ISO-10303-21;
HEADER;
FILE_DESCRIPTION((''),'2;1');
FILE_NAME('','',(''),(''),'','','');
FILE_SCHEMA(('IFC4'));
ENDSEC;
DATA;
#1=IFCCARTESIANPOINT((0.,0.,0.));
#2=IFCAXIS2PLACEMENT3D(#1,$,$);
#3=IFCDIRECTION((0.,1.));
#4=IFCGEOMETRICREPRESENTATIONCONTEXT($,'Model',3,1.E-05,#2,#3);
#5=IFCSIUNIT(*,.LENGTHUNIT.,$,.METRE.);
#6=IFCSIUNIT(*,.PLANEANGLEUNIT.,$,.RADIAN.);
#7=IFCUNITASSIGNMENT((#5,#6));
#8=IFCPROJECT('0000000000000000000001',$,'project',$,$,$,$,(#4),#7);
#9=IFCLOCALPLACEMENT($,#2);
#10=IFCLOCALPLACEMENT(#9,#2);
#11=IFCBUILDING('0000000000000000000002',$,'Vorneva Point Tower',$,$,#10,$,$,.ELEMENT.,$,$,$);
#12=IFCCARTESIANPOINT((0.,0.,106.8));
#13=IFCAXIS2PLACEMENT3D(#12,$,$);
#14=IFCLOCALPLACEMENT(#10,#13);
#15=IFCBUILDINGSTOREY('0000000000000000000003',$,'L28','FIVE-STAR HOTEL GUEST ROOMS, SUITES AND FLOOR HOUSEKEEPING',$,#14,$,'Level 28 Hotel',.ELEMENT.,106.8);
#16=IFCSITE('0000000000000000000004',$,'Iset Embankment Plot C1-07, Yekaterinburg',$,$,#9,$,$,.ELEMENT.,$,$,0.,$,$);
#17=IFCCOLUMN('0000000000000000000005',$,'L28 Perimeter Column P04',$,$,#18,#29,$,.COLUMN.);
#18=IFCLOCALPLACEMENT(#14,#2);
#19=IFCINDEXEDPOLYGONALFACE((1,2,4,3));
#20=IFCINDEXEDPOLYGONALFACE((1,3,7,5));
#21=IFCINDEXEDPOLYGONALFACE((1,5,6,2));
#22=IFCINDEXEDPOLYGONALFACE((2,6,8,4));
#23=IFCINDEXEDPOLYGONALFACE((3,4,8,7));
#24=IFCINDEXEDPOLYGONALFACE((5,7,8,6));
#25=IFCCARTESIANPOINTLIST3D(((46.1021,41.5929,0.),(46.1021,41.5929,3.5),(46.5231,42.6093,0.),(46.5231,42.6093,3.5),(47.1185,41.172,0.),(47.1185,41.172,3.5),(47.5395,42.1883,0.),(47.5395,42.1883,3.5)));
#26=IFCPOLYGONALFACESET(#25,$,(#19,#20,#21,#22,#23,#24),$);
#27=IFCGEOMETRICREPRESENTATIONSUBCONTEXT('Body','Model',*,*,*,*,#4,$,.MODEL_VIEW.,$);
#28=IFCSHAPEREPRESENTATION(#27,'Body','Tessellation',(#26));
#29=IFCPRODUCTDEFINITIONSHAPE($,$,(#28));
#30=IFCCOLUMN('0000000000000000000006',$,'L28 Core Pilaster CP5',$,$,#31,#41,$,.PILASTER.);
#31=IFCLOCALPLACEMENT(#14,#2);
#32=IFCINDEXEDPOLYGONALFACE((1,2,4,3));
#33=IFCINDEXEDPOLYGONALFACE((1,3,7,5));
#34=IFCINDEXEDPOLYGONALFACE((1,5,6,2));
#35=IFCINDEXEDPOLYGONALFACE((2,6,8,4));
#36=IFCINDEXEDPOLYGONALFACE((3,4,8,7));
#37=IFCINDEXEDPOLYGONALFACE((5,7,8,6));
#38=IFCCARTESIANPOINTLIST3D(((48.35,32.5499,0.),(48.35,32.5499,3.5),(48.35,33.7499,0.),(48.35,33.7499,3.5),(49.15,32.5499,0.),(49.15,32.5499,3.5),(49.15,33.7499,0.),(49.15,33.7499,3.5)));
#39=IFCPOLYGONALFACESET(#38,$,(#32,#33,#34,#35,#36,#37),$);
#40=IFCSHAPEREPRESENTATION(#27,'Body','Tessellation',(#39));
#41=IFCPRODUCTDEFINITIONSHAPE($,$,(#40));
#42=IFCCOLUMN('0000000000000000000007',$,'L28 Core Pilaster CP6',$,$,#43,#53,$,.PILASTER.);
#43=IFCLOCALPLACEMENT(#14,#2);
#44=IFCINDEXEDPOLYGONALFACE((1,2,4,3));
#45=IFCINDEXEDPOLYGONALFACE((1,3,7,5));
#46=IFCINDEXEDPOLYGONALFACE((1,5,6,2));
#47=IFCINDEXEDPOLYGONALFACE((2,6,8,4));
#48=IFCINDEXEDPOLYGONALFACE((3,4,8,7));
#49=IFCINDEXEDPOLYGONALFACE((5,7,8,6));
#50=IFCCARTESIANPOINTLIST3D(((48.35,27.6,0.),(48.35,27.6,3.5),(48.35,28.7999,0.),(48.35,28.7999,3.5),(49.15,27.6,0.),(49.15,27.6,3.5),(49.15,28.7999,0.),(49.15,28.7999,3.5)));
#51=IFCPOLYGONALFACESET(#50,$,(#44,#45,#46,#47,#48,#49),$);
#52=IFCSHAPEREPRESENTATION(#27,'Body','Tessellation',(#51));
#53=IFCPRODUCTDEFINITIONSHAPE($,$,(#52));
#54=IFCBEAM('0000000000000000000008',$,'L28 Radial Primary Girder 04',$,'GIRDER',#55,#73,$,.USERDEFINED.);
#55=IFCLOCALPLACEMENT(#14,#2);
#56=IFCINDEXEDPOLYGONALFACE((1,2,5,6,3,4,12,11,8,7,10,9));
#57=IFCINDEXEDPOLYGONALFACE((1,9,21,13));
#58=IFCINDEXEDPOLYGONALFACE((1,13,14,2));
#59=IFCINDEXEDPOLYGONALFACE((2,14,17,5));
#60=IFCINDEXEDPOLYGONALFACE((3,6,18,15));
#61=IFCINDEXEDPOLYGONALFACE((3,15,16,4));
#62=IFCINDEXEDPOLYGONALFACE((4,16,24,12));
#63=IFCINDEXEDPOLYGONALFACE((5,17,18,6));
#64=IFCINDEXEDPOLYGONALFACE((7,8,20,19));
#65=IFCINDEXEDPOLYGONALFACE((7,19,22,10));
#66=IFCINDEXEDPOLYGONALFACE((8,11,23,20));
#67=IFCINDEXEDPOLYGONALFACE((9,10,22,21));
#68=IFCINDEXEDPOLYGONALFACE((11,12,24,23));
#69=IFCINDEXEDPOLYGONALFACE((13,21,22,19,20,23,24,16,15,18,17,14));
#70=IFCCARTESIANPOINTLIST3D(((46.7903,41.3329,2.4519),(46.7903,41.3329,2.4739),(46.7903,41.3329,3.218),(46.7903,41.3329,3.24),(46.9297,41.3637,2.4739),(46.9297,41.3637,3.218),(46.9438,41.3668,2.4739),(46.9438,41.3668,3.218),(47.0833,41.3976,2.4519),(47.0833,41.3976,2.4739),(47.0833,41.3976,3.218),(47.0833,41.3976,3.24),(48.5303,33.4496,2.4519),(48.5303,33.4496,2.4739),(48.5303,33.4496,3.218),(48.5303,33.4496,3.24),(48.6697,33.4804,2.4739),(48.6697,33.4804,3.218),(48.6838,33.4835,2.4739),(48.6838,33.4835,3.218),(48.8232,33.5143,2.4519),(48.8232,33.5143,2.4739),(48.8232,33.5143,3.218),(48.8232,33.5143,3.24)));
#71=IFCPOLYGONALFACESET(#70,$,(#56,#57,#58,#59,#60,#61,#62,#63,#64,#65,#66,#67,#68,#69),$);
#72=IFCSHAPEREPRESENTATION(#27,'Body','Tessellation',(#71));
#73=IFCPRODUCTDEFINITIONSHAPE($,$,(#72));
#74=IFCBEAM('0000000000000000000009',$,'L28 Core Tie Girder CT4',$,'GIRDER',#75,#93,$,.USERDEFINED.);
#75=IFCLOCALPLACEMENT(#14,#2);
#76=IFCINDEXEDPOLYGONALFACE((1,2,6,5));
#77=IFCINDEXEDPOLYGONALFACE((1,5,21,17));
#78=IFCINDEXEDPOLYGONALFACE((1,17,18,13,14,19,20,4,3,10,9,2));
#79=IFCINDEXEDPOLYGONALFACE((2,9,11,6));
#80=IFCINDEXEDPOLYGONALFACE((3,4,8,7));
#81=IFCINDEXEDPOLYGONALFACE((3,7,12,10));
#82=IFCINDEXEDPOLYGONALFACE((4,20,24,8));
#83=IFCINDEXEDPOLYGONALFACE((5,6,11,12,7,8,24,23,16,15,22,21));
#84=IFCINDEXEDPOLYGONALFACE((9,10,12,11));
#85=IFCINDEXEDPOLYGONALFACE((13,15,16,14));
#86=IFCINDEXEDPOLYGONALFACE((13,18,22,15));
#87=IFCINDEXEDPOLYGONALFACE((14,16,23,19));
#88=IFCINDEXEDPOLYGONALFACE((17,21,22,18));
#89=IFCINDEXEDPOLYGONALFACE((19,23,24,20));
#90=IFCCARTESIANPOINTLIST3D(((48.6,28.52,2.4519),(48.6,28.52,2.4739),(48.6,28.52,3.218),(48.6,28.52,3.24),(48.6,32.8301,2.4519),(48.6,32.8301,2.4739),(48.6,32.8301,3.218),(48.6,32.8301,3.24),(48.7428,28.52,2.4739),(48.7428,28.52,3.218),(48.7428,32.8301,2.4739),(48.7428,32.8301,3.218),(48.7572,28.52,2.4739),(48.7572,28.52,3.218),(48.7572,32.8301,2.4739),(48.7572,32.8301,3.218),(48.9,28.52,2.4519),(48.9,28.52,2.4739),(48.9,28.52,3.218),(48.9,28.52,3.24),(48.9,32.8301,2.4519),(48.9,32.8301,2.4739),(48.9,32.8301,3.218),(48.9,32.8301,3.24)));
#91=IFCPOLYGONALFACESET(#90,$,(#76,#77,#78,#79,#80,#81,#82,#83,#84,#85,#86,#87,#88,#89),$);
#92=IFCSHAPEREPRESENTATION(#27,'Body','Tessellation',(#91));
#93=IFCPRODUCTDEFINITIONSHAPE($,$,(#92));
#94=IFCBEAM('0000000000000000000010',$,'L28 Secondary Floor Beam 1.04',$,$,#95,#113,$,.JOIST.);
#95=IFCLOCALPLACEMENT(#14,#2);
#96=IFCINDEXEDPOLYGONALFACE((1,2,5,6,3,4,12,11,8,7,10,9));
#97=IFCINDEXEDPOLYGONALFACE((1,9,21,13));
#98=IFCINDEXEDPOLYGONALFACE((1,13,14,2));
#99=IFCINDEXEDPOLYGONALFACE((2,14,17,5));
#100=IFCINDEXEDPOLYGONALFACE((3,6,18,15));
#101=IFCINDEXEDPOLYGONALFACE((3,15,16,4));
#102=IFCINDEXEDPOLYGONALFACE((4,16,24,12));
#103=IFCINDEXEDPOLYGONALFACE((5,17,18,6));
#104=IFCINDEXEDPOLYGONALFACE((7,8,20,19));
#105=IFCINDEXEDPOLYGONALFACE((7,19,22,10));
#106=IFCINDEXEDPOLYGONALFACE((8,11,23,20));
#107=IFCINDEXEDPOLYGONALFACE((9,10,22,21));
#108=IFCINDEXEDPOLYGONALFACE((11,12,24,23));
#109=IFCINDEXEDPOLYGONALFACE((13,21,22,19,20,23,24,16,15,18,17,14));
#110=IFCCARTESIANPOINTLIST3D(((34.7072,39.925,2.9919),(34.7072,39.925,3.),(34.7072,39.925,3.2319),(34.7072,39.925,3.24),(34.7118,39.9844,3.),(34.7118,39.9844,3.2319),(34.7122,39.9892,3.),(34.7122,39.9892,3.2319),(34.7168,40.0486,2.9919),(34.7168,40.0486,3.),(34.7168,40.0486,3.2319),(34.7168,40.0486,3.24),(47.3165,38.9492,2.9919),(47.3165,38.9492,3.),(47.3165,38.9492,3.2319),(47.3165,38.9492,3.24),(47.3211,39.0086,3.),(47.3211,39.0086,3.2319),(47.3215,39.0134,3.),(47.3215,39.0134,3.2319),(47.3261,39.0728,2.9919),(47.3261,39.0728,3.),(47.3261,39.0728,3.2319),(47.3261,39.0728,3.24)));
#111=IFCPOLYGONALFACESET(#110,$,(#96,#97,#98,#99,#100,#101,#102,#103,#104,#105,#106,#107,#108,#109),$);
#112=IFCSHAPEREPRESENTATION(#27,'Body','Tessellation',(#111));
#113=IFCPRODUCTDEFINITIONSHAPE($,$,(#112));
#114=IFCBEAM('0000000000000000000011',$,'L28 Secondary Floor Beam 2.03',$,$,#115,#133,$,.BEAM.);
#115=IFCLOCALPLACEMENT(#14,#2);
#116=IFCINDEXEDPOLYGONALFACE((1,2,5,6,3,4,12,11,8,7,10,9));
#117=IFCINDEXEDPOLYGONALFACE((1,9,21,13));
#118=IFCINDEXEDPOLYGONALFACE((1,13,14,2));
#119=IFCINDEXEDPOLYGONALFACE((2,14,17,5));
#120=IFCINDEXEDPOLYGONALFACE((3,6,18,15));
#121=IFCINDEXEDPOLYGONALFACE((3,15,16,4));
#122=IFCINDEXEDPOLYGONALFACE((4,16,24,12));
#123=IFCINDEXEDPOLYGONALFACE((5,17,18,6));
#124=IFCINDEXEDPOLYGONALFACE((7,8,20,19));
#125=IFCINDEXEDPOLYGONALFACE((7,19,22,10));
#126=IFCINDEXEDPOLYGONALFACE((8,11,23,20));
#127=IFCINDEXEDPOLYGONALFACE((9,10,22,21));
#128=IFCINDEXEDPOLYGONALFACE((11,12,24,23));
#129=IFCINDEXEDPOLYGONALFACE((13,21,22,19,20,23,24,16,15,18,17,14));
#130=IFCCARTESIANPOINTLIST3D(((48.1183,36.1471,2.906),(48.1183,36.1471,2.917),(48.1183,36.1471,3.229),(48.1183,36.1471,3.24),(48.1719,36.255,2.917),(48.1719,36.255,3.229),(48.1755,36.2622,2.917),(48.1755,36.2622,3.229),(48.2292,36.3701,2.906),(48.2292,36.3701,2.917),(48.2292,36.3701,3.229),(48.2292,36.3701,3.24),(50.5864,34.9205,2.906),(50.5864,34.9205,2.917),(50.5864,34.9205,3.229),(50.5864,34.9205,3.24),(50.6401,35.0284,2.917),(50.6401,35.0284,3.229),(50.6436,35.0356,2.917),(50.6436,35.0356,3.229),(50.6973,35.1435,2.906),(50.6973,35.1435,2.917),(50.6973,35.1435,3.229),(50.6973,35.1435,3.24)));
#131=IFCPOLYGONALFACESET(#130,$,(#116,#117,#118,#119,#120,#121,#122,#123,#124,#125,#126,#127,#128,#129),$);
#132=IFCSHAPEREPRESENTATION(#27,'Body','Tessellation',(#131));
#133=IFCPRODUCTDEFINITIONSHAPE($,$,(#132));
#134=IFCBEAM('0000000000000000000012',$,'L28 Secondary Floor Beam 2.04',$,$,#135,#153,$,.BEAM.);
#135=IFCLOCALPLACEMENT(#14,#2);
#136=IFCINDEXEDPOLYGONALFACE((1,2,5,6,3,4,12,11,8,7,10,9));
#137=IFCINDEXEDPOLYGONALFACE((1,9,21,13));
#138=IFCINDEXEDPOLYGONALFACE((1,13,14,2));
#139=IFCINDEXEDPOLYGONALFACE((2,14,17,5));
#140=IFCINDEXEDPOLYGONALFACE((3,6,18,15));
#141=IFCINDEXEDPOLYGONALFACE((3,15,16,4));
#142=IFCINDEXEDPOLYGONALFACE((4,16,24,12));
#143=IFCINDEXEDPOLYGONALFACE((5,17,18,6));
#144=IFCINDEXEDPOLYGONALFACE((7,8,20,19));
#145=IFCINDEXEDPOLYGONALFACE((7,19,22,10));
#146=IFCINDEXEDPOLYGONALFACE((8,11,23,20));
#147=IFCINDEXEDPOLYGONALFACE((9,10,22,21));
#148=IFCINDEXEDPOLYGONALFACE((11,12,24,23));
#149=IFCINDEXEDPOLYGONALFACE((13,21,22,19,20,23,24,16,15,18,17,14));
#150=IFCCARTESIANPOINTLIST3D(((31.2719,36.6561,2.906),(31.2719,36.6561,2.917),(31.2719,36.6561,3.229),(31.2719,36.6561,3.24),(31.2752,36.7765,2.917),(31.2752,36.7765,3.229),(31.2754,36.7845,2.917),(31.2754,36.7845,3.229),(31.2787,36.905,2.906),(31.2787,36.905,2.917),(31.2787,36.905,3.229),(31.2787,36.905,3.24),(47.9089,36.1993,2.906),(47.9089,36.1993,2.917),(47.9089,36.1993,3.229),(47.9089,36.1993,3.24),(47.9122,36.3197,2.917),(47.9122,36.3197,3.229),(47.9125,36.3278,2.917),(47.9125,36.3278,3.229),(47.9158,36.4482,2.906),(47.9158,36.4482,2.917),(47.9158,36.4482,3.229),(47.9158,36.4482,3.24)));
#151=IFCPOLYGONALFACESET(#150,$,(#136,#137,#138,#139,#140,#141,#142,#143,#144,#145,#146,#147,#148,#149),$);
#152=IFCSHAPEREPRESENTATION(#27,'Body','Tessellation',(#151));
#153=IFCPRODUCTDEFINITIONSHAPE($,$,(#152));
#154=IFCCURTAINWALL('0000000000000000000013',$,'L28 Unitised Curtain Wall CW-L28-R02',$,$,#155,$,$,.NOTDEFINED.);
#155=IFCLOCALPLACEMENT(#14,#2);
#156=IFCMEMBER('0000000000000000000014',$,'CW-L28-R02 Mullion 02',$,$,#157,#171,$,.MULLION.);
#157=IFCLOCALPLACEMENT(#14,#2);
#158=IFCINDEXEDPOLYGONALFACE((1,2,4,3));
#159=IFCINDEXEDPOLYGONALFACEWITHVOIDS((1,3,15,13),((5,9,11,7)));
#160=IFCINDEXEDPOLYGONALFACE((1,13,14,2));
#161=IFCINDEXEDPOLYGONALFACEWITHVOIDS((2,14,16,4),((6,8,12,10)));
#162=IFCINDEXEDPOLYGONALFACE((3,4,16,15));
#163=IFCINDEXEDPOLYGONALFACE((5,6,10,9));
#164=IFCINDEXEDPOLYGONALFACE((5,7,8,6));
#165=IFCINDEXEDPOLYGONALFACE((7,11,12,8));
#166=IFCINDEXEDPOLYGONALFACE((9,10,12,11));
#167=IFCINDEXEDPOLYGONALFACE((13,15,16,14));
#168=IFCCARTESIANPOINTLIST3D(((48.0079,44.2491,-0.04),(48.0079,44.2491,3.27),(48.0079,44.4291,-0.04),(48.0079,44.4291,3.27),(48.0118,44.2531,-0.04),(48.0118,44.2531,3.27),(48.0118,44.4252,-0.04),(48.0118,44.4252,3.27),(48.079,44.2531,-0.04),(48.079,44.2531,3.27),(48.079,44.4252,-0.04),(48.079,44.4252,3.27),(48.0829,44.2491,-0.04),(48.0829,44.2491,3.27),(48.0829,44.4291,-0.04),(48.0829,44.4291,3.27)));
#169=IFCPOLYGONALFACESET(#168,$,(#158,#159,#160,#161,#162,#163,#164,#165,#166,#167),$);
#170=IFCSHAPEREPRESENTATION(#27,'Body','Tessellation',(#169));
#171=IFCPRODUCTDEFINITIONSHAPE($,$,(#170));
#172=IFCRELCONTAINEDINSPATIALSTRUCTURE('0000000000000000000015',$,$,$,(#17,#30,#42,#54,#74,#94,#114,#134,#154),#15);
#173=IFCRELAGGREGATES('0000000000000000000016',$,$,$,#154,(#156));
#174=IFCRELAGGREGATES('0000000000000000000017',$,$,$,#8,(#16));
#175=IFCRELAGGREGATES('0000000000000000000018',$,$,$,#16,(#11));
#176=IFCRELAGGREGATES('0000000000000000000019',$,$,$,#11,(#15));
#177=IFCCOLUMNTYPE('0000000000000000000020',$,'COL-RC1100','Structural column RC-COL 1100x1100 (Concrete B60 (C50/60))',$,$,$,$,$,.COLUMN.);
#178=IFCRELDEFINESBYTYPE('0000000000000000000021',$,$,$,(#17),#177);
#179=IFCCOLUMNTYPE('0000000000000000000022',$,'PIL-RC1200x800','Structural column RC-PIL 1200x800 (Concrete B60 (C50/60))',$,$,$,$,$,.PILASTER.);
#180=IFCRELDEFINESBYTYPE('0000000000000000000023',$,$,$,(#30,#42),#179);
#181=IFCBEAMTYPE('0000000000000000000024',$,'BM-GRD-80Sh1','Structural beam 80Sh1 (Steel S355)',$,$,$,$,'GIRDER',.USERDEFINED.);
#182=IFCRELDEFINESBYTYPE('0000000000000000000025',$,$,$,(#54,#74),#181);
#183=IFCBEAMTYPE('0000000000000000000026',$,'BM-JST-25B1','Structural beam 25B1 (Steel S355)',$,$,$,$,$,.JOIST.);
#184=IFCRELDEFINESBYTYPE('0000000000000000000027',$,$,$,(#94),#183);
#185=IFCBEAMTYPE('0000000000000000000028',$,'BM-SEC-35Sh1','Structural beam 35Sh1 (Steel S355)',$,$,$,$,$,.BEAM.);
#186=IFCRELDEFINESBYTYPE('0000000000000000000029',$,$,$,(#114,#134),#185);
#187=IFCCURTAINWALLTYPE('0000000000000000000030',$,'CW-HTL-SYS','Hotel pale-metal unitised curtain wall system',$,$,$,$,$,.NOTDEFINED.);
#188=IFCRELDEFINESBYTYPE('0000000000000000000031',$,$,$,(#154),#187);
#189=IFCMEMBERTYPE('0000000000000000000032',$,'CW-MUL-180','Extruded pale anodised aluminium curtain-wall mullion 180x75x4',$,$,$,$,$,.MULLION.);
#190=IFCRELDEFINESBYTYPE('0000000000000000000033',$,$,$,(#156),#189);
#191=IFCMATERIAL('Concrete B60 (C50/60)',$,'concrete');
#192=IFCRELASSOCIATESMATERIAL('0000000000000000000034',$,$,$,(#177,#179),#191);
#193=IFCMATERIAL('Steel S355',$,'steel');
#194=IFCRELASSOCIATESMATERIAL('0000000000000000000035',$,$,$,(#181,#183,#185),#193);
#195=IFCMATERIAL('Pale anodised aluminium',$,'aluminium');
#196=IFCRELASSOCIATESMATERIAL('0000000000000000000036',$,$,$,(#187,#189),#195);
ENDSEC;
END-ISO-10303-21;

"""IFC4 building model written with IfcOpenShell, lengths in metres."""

from ifc_helpers import new_model, si_unit, direction, frame, origin, origin_2d, place, context, subcontext, project, spatial, rectangle, hollow_rectangle, i_section, extrude, material, material_profile, profile_set, type_object, element, aggregate, save


model = new_model("IFC4")

# Units and contexts
model_context = context("Model", 3, precision=1e-05, world=origin(), true_north=direction((0.0, 1.0)))
body_context = subcontext(model_context, "Body", "Model", "MODEL_VIEW")
ifc_project = project(units=[si_unit("LENGTHUNIT", "METRE"), si_unit("PLANEANGLEUNIT", "RADIAN")], contexts=[model_context])

# Site, building, storey
site_placement = place(None, origin())
site = spatial("IfcSite", under=ifc_project, at=site_placement, Name="Iset Embankment Plot C1-07, Yekaterinburg", CompositionType="ELEMENT", RefElevation=0.0)
building_placement = place(site_placement, origin())
building = spatial("IfcBuilding", under=site, at=building_placement, Name="Vorneva Point Tower", CompositionType="ELEMENT")
storey_placement = place(building_placement, frame((0.0, 0.0, 106.8)))
storey = spatial("IfcBuildingStorey", under=building, at=storey_placement, Name="L28", Description="FIVE-STAR HOTEL GUEST ROOMS, SUITES AND FLOOR HOUSEKEEPING", LongName="Level 28 Hotel", CompositionType="ELEMENT", Elevation=106.8)

# Columns
ifc_material_1 = material(Name="Concrete B60 (C50/60)", Category="concrete")
ifc_material_profile_1 = material_profile(ifc_material_1, rectangle(XDim=1.1001, YDim=1.1001, at=origin_2d()), Name="RC-COL 1100x1100")
ifc_profile_set_1 = profile_set([ifc_material_profile_1], Name="Concrete B60 (C50/60)")
column_type_1 = type_object("IfcColumnType", Name="COL-RC1100", Description="Structural column RC-COL 1100x1100 (Concrete B60 (C50/60))", PredefinedType="COLUMN", material=ifc_profile_set_1)
column_placement = place(storey_placement, frame((46.8208, 41.8906, 0.0), z_axis=(0.0, 0.0, 1.0), x_axis=(0.382683, 0.92388, 0.0)))
element("IfcColumn", 1, at=column_placement, inside=storey, type_object=column_type_1, Name="L28 Perimeter Column P04", PredefinedType="COLUMN", context=body_context, shape_type="SweptSolid", body=[
    extrude(rectangle(XDim=1.1001, YDim=1.1001, at=origin_2d()), origin(), (0.0, 0.0, 1.0), 3.5),
])
ifc_material_profile_2 = material_profile(ifc_material_1, rectangle(XDim=0.8, YDim=1.2, at=origin_2d()), Name="RC-PIL 1200x800")
ifc_profile_set_2 = profile_set([ifc_material_profile_2], Name="Concrete B60 (C50/60)")
column_type_2 = type_object("IfcColumnType", Name="PIL-RC1200x800", Description="Structural column RC-PIL 1200x800 (Concrete B60 (C50/60))", PredefinedType="PILASTER", material=ifc_profile_set_2)
for number, where, z_axis, x_axis, name in (
    (2, (48.75, 33.1499, 0.0), (0.0, 0.0, 1.0), (1.0, 0.0, 0.0), "L28 Core Pilaster CP5"),
    (3, (48.75, 28.2, 0.0), (0.0, 0.0, 1.0), (1.0, 0.0, 0.0), "L28 Core Pilaster CP6"),
):
    element("IfcColumn", number, at=place(storey_placement, frame(where, z_axis=z_axis, x_axis=x_axis)), inside=storey, type_object=column_type_2, Name=name, PredefinedType="PILASTER", context=body_context, shape_type="SweptSolid", body=[
        extrude(rectangle(XDim=0.8, YDim=1.2, at=origin_2d()), origin(), (0.0, 0.0, 1.0), 3.5),
    ])

# Beams
ifc_material_2 = material(Name="Steel S355", Category="steel")
ifc_material_profile_3 = material_profile(ifc_material_2, i_section(OverallWidth=0.3, OverallDepth=0.7881, WebThickness=0.0144, FlangeThickness=0.022, at=origin_2d()), Name="80Sh1")
ifc_profile_set_3 = profile_set([ifc_material_profile_3], Name="Steel S355")
beam_type_1 = type_object("IfcBeamType", Name="BM-GRD-80Sh1", Description="Structural beam 80Sh1 (Steel S355)", ElementType="GIRDER", PredefinedType="USERDEFINED", material=ifc_profile_set_3)
beam_1_placement = place(storey_placement, frame((46.9368, 41.3652, 2.8459), z_axis=(0.215531, -0.976497, 0.0), x_axis=(0.976497, 0.215531, 0.0)))
element("IfcBeam", 4, at=beam_1_placement, inside=storey, type_object=beam_type_1, Name="L28 Radial Primary Girder 04", ObjectType="GIRDER", PredefinedType="USERDEFINED", context=body_context, shape_type="SweptSolid", body=[
    extrude(i_section(OverallWidth=0.3, OverallDepth=0.7881, WebThickness=0.0144, FlangeThickness=0.022, at=origin_2d()), origin(), (0.0, 0.0, 1.0), 8.073),
])
beam_2_placement = place(storey_placement, frame((48.75, 28.52, 2.8459), z_axis=(0.0, 1.0, 0.0), x_axis=(-1.0, 0.0, 0.0)))
element("IfcBeam", 5, at=beam_2_placement, inside=storey, type_object=beam_type_1, Name="L28 Core Tie Girder CT4", ObjectType="GIRDER", PredefinedType="USERDEFINED", context=body_context, shape_type="SweptSolid", body=[
    extrude(i_section(OverallWidth=0.3, OverallDepth=0.7881, WebThickness=0.0144, FlangeThickness=0.022, at=origin_2d()), origin(), (0.0, 0.0, 1.0), 4.3101),
])
ifc_material_profile_4 = material_profile(ifc_material_2, i_section(OverallWidth=0.124, OverallDepth=0.248, WebThickness=0.0049, FlangeThickness=0.0081, at=origin_2d()), Name="25B1")
ifc_profile_set_4 = profile_set([ifc_material_profile_4], Name="Steel S355")
beam_type_2 = type_object("IfcBeamType", Name="BM-JST-25B1", Description="Structural beam 25B1 (Steel S355)", PredefinedType="JOIST", material=ifc_profile_set_4)
beam_3_placement = place(storey_placement, frame((47.3213, 39.011, 3.116), z_axis=(-0.997019, 0.077159, 0.0), x_axis=(-0.077159, -0.997019, 0.0)))
element("IfcBeam", 6, at=beam_3_placement, inside=storey, type_object=beam_type_2, Name="L28 Secondary Floor Beam 1.04", PredefinedType="JOIST", context=body_context, shape_type="SweptSolid", body=[
    extrude(i_section(OverallWidth=0.124, OverallDepth=0.248, WebThickness=0.0049, FlangeThickness=0.0081, at=origin_2d()), origin(), (0.0, 0.0, 1.0), 12.647),
])
ifc_material_profile_5 = material_profile(ifc_material_2, i_section(OverallWidth=0.249, OverallDepth=0.334, WebThickness=0.0081, FlangeThickness=0.011, at=origin_2d()), Name="35Sh1")
ifc_profile_set_5 = profile_set([ifc_material_profile_5], Name="Steel S355")
beam_type_3 = type_object("IfcBeamType", Name="BM-SEC-35Sh1", Description="Structural beam 35Sh1 (Steel S355)", PredefinedType="BEAM", material=ifc_profile_set_5)
beam_4_placement = place(storey_placement, frame((50.6418, 35.032, 3.073), z_axis=(-0.895505, 0.445051, 0.0), x_axis=(-0.445051, -0.895505, 0.0)))
element("IfcBeam", 7, at=beam_4_placement, inside=storey, type_object=beam_type_3, Name="L28 Secondary Floor Beam 2.03", PredefinedType="BEAM", context=body_context, shape_type="SweptSolid", body=[
    extrude(i_section(OverallWidth=0.249, OverallDepth=0.334, WebThickness=0.0081, FlangeThickness=0.011, at=origin_2d()), origin(), (0.0, 0.0, 1.0), 2.7561),
])
beam_5_placement = place(storey_placement, frame((47.9124, 36.3237, 3.073), z_axis=(-0.999623, 0.027446, 0.0), x_axis=(-0.027446, -0.999623, 0.0)))
element("IfcBeam", 8, at=beam_5_placement, inside=storey, type_object=beam_type_3, Name="L28 Secondary Floor Beam 2.04", PredefinedType="BEAM", context=body_context, shape_type="SweptSolid", body=[
    extrude(i_section(OverallWidth=0.249, OverallDepth=0.334, WebThickness=0.0081, FlangeThickness=0.011, at=origin_2d()), origin(), (0.0, 0.0, 1.0), 16.6433),
])

# Curtain wall, member
ifc_material_3 = material(Name="Pale anodised aluminium", Category="aluminium")
curtain_wall_type = type_object("IfcCurtainWallType", Name="CW-HTL-SYS", Description="Hotel pale-metal unitised curtain wall system", PredefinedType="NOTDEFINED", material=ifc_material_3)
curtain_wall_placement = place(storey_placement, origin())
curtain_wall = element("IfcCurtainWall", 9, at=curtain_wall_placement, inside=storey, type_object=curtain_wall_type, Name="L28 Unitised Curtain Wall CW-L28-R02", PredefinedType="NOTDEFINED")
ifc_material_profile_6 = material_profile(ifc_material_3, hollow_rectangle(XDim=0.075, YDim=0.1799, WallThickness=0.0039, at=origin_2d()), Name="AL-MUL 180x75x4")
ifc_profile_set_6 = profile_set([ifc_material_profile_6], Name="Pale anodised aluminium")
member_type_1 = type_object("IfcMemberType", Name="CW-MUL-180", Description="Extruded pale anodised aluminium curtain-wall mullion 180x75x4", PredefinedType="MULLION", material=ifc_profile_set_6)
member_1_placement = place(storey_placement, frame((48.0454, 44.3391, -0.04), z_axis=(0.0, 0.0, 1.0), x_axis=(1.0, 0.0, 0.0)))
member_1 = element("IfcMember", 10, at=member_1_placement, type_object=member_type_1, Name="CW-L28-R02 Mullion 02", PredefinedType="MULLION", context=body_context, shape_type="SweptSolid", body=[
    extrude(hollow_rectangle(XDim=0.075, YDim=0.1799, WallThickness=0.0039, at=origin_2d()), origin(), (0.0, 0.0, 1.0), 3.3101),
])
aggregate(curtain_wall, [member_1])

save(model, "model.ifc")
